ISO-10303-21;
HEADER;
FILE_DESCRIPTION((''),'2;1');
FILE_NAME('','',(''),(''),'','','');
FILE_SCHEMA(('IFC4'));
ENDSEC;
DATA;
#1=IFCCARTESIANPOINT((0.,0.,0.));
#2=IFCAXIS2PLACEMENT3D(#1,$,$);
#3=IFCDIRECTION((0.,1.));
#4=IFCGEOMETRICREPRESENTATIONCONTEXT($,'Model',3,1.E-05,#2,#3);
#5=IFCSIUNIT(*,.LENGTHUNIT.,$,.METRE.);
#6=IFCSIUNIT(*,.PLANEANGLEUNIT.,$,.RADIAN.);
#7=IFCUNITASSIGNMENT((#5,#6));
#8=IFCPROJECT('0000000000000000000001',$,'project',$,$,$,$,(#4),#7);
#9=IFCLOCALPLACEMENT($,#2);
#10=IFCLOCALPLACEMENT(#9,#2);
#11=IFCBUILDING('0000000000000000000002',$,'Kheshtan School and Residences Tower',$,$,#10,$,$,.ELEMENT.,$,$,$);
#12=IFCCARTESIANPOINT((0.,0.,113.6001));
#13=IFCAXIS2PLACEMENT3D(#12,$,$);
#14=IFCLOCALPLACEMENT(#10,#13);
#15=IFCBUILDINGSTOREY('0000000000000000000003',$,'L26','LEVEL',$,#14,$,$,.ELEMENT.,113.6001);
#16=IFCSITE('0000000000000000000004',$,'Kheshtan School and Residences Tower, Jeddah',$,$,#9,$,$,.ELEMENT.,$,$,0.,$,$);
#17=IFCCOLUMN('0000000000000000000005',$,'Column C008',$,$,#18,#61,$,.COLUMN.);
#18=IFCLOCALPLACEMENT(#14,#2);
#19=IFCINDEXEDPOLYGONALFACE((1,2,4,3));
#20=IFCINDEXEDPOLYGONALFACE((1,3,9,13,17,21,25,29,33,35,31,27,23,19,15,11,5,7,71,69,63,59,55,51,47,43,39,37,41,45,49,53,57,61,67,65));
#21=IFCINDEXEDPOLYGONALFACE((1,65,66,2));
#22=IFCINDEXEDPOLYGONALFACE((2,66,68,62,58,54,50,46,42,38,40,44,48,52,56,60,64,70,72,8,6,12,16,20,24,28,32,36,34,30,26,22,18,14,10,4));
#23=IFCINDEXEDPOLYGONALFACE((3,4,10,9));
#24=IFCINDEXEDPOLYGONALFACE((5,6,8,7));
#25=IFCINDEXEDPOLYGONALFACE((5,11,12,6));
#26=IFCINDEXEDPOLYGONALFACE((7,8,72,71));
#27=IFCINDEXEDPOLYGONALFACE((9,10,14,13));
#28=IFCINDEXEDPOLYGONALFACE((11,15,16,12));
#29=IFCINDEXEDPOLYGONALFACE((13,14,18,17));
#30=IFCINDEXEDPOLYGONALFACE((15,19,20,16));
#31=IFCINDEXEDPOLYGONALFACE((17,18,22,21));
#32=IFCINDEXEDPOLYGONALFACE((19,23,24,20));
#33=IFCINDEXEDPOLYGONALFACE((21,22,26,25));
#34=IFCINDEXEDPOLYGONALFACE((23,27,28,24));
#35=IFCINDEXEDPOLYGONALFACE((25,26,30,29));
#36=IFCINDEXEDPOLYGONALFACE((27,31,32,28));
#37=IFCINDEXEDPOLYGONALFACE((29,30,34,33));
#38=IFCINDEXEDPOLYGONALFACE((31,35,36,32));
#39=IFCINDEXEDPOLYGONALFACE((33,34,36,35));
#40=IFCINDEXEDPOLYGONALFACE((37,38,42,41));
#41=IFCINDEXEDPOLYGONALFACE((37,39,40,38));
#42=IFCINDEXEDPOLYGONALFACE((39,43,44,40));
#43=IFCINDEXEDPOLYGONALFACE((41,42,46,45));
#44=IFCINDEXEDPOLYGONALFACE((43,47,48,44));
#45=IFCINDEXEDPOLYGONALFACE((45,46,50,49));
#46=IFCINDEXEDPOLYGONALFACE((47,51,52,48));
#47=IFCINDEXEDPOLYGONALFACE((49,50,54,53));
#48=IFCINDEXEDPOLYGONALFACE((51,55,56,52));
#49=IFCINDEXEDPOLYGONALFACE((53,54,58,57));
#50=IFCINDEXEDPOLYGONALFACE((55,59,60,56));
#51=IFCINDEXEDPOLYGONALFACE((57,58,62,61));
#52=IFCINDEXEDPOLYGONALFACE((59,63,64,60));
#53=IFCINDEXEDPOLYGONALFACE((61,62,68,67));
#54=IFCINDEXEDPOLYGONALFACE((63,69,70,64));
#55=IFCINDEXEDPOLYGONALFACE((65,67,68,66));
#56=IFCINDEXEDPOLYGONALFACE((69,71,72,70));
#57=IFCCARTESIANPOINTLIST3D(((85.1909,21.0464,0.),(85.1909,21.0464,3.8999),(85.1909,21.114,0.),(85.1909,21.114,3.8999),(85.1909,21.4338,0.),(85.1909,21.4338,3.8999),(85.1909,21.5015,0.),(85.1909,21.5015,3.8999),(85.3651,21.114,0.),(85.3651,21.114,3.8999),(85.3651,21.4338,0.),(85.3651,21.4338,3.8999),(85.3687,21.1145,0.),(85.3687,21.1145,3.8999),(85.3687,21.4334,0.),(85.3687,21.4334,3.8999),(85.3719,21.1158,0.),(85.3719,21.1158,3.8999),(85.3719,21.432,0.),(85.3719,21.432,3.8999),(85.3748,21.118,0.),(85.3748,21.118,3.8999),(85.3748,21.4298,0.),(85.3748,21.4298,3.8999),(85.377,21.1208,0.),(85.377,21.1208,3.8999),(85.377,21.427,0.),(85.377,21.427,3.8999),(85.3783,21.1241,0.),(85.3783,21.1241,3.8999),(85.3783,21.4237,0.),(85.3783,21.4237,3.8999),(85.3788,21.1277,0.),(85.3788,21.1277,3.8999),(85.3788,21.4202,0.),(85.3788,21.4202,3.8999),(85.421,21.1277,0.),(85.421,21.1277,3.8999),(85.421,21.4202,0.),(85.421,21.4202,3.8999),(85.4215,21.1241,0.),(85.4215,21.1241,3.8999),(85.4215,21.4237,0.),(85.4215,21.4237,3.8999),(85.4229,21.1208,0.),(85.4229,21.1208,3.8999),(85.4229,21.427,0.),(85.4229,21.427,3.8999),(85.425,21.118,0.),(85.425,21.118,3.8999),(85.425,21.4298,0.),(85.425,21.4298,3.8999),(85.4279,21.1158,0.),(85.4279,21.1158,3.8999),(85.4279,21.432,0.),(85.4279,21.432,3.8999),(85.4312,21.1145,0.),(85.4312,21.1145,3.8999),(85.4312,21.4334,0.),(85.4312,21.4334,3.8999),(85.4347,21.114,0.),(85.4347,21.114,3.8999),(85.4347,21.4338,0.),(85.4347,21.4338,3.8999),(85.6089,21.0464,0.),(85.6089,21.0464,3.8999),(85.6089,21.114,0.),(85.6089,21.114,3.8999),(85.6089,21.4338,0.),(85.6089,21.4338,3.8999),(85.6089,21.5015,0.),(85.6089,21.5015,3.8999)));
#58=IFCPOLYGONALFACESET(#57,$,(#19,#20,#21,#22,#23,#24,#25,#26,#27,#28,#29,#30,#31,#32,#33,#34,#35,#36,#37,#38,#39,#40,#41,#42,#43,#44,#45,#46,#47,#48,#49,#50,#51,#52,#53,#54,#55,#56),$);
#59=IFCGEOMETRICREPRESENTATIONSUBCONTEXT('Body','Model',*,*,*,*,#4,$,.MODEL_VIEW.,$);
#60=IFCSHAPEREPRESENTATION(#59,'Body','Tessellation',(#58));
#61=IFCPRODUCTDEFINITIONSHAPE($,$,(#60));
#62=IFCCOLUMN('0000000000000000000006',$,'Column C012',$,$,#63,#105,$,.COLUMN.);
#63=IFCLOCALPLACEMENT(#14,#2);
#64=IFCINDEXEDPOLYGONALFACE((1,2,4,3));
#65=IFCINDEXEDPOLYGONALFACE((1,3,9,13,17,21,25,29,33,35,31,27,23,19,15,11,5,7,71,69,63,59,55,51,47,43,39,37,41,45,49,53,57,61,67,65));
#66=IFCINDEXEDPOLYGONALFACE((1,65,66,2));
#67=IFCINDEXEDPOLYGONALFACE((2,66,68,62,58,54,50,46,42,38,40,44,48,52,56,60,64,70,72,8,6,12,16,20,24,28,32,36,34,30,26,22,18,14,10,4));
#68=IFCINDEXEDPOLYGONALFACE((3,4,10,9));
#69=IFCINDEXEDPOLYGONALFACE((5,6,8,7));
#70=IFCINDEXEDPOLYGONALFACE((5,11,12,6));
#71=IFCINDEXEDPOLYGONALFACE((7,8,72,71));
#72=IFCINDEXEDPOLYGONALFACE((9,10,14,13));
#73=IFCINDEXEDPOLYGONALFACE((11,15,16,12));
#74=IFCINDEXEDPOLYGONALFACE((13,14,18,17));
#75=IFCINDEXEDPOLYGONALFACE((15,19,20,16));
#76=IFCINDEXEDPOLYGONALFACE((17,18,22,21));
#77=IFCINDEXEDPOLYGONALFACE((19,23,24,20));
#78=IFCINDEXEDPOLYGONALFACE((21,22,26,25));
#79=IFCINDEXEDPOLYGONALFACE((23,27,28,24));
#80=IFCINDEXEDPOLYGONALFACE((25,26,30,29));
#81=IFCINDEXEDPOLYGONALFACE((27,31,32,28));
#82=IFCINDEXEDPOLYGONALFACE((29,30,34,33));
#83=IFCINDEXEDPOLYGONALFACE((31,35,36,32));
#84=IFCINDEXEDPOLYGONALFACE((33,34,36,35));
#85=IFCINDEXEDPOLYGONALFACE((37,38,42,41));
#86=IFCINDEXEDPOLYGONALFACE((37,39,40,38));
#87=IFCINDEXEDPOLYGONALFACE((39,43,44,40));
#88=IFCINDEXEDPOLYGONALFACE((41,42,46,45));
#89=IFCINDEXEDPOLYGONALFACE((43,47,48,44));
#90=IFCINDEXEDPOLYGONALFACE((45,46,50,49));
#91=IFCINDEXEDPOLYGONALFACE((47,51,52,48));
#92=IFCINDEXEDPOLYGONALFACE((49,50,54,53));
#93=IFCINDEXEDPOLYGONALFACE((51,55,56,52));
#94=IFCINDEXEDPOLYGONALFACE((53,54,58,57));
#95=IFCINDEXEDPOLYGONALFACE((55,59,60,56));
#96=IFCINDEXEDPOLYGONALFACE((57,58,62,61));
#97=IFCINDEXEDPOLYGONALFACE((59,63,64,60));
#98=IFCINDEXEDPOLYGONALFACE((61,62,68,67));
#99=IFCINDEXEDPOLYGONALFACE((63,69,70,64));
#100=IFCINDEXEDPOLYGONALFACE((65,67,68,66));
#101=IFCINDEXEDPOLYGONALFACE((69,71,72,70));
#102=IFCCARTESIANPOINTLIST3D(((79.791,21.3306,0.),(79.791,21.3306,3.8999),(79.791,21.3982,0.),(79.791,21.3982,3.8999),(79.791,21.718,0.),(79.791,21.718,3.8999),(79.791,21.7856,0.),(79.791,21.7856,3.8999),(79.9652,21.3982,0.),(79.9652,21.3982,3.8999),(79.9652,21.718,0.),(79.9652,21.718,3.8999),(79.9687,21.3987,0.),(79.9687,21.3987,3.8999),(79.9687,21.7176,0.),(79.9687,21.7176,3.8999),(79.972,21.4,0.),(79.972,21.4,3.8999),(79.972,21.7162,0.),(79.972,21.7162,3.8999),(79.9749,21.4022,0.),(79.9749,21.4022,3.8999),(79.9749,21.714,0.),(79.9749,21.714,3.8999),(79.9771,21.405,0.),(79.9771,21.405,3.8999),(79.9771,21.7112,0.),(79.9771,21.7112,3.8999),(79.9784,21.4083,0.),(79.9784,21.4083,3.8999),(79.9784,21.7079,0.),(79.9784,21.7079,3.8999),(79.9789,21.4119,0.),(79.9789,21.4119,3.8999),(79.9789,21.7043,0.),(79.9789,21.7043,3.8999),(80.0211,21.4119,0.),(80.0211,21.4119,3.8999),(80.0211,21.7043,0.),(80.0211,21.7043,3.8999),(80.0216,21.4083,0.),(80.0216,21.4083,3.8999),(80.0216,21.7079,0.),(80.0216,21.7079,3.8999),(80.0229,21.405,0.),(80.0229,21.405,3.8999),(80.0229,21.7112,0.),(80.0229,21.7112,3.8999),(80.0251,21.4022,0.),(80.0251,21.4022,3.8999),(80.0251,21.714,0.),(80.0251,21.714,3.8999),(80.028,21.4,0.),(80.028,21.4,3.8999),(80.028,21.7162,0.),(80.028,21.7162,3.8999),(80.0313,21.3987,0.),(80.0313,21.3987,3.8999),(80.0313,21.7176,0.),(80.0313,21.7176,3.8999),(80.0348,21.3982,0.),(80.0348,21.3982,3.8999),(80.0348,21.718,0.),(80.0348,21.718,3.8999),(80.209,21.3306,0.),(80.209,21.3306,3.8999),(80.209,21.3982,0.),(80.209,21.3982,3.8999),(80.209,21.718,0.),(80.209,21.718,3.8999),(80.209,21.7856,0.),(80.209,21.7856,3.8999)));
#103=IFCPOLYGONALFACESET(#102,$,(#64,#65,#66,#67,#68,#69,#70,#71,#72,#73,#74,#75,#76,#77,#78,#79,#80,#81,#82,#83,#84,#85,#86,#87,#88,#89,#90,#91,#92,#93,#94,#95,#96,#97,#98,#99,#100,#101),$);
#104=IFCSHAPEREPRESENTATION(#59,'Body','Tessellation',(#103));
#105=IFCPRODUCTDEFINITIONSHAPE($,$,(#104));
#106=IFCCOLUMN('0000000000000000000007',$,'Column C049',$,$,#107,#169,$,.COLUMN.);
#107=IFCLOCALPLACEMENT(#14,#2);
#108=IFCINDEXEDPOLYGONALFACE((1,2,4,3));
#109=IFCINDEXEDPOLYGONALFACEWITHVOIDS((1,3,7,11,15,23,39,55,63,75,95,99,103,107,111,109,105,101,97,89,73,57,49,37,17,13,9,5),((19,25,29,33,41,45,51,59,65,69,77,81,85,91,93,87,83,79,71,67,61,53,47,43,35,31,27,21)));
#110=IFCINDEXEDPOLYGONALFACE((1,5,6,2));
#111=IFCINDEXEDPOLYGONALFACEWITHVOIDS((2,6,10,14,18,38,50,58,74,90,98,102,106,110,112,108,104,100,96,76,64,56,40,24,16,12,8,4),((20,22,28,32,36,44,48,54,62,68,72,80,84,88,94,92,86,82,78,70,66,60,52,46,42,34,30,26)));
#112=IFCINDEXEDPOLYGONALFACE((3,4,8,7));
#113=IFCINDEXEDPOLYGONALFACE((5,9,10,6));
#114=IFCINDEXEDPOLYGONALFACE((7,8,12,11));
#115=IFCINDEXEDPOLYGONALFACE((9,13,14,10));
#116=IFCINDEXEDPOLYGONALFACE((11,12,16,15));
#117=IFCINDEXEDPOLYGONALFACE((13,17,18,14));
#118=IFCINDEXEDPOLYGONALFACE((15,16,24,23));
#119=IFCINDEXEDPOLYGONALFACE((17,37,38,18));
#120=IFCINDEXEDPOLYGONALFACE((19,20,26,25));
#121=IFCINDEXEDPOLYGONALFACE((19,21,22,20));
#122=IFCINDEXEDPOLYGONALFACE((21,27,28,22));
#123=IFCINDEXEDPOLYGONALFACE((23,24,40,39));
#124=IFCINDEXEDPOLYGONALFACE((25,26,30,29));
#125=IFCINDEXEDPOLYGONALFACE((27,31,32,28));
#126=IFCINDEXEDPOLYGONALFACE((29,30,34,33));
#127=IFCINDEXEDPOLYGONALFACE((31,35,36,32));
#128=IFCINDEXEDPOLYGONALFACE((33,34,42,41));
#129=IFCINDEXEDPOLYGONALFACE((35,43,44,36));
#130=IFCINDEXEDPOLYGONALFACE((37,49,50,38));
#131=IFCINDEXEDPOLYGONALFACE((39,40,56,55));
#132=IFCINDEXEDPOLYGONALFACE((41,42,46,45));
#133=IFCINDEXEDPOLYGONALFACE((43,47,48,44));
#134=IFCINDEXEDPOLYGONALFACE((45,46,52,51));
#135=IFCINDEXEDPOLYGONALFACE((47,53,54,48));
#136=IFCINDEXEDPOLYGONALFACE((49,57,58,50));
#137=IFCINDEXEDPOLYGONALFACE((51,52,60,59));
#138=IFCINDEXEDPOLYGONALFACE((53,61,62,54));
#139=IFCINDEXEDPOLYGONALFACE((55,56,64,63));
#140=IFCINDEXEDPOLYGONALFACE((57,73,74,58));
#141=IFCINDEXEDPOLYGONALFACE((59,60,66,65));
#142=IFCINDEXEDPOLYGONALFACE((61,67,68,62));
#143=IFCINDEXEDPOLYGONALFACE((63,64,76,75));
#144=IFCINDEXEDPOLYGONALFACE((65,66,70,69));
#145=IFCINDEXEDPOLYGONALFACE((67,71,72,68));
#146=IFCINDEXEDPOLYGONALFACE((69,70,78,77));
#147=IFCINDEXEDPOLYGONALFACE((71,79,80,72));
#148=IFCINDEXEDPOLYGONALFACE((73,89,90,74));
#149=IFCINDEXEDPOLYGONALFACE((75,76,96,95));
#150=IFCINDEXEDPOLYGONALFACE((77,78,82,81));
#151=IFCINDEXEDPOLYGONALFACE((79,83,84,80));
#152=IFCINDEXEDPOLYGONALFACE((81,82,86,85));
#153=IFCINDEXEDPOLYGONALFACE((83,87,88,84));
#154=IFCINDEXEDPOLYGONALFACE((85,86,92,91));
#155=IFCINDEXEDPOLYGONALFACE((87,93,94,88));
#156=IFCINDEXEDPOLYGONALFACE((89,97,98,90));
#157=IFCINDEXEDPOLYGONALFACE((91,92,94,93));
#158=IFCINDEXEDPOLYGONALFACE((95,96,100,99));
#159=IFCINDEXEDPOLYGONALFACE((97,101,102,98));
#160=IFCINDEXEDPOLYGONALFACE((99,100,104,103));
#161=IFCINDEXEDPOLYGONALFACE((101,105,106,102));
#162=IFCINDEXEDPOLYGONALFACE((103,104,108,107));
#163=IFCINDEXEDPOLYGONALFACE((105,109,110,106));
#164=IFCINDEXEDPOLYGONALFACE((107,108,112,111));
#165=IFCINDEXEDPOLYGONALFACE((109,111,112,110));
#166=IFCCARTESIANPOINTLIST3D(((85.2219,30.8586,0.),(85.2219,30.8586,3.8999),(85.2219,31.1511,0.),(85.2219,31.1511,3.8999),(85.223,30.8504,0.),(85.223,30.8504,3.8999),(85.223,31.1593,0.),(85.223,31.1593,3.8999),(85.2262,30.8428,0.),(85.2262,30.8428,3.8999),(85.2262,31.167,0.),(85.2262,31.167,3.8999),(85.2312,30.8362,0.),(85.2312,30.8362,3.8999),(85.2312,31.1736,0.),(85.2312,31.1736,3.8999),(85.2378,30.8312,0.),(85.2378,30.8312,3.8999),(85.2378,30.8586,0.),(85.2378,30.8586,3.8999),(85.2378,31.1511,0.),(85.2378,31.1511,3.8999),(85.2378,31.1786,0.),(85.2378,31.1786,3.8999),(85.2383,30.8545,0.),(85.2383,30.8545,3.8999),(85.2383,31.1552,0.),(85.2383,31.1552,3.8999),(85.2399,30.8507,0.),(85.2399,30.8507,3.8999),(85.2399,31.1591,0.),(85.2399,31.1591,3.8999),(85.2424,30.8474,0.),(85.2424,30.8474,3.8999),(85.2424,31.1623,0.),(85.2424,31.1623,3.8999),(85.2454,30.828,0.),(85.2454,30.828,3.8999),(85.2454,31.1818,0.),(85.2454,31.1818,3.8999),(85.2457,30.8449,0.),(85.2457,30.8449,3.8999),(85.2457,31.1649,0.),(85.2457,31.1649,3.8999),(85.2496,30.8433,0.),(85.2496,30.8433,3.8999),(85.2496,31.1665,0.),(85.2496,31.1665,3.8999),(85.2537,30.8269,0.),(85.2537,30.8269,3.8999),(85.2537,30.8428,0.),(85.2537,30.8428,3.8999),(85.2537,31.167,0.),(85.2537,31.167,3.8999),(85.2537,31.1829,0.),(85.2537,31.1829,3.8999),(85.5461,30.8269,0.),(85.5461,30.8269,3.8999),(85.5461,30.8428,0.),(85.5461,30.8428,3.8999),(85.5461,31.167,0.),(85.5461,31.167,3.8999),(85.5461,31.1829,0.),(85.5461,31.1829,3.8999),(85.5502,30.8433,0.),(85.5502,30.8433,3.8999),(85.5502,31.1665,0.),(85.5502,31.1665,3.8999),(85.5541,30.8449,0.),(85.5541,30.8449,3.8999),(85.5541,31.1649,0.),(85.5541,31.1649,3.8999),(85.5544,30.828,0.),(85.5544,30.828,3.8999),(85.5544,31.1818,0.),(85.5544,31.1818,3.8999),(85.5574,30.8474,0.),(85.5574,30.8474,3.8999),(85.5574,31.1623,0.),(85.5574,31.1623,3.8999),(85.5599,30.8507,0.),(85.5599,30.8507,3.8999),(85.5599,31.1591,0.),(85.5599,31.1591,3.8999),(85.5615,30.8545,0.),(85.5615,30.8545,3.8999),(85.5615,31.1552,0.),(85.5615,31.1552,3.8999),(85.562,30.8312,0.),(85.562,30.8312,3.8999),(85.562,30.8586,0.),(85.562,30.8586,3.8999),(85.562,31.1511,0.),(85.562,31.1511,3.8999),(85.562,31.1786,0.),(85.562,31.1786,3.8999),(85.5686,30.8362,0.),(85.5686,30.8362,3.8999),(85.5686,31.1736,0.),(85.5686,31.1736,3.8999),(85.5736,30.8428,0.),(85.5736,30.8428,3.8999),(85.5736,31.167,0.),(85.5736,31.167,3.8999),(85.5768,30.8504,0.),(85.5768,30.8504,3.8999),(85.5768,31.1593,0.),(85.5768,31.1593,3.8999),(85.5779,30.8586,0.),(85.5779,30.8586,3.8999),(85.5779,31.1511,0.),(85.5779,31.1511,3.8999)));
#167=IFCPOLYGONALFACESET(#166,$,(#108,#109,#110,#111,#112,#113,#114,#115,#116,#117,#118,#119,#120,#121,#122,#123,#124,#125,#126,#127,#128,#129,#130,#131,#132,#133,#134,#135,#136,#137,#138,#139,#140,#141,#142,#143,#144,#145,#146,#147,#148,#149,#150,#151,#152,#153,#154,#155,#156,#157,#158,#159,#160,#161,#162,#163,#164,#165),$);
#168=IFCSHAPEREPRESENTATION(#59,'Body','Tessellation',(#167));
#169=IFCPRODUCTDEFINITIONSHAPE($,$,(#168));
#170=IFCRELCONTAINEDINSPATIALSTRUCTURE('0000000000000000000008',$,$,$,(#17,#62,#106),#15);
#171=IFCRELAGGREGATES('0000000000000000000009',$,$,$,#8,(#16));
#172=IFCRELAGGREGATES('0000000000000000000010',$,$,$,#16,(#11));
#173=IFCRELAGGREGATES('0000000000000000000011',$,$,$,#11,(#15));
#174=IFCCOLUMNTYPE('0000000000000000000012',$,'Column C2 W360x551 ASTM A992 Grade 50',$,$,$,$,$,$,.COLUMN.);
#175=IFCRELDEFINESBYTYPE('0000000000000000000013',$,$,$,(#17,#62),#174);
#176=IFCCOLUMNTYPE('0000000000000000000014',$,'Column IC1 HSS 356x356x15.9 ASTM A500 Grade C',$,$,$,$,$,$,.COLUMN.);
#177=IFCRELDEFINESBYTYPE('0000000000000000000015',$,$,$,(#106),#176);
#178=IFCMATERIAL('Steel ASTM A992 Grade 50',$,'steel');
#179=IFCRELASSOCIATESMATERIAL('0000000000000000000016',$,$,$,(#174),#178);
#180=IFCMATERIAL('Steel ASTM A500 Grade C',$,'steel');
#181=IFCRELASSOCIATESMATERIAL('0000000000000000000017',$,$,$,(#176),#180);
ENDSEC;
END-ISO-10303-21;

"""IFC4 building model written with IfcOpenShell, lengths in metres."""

from ifc_helpers import new_model, si_unit, direction, frame, origin, origin_2d, place, context, subcontext, project, spatial, hollow_rectangle, i_section, extrude, material, material_profile, profile_set, type_object, element, save


model = new_model("IFC4")

# Units and contexts
model_context = context("Model", 3, precision=1e-05, world=origin(), true_north=direction((0.0, 1.0)))
body_context = subcontext(model_context, "Body", "Model", "MODEL_VIEW")
ifc_project = project(units=[si_unit("LENGTHUNIT", "METRE"), si_unit("PLANEANGLEUNIT", "RADIAN")], contexts=[model_context])

# Site, building, storey
site_placement = place(None, origin())
site = spatial("IfcSite", under=ifc_project, at=site_placement, Name="Kheshtan School and Residences Tower, Jeddah", CompositionType="ELEMENT", RefElevation=0.0)
building_placement = place(site_placement, origin())
building = spatial("IfcBuilding", under=site, at=building_placement, Name="Kheshtan School and Residences Tower", CompositionType="ELEMENT")
storey_placement = place(building_placement, frame((0.0, 0.0, 113.6001)))
storey = spatial("IfcBuildingStorey", under=building, at=storey_placement, Name="L26", Description="LEVEL", CompositionType="ELEMENT", Elevation=113.6001)

# Columns
ifc_material_1 = material(Name="Steel ASTM A992 Grade 50", Category="steel")
ifc_material_profile_1 = material_profile(ifc_material_1, i_section(OverallWidth=0.418, OverallDepth=0.4551, WebThickness=0.0422, FlangeThickness=0.0676, FilletRadius=0.0137, at=origin_2d()), Name="W360x551")
ifc_profile_set_1 = profile_set([ifc_material_profile_1], Name="Steel ASTM A992 Grade 50")
column_type_1 = type_object("IfcColumnType", Name="Column C2 W360x551 ASTM A992 Grade 50", PredefinedType="COLUMN", material=ifc_profile_set_1)
for number, where, z_axis, x_axis, name in (
    (1, (85.3999, 21.2739, 0.0), (0.0, 0.0, 1.0), (1.0, 0.0, 0.0), "Column C008"),
    (2, (80.0, 21.5581, 0.0), (0.0, 0.0, 1.0), (1.0, 0.0, 0.0), "Column C012"),
):
    element("IfcColumn", number, at=place(storey_placement, frame(where, z_axis=z_axis, x_axis=x_axis)), inside=storey, type_object=column_type_1, Name=name, PredefinedType="COLUMN", context=body_context, shape_type="SweptSolid", body=[
        extrude(i_section(OverallWidth=0.418, OverallDepth=0.4551, WebThickness=0.0422, FlangeThickness=0.0676, FilletRadius=0.0137, at=origin_2d()), origin(), (0.0, 0.0, 1.0), 3.8999),
    ])
ifc_material_2 = material(Name="Steel ASTM A500 Grade C", Category="steel")
ifc_material_profile_2 = material_profile(ifc_material_2, hollow_rectangle(XDim=0.356, YDim=0.356, WallThickness=0.0159, InnerFilletRadius=0.0159, OuterFilletRadius=0.0317, at=origin_2d()), Name="HSS 356x356x15.9")
ifc_profile_set_2 = profile_set([ifc_material_profile_2], Name="Steel ASTM A500 Grade C")
column_type_2 = type_object("IfcColumnType", Name="Column IC1 HSS 356x356x15.9 ASTM A500 Grade C", PredefinedType="COLUMN", material=ifc_profile_set_2)
column_placement = place(storey_placement, frame((85.3999, 31.0049, 0.0), z_axis=(0.0, 0.0, 1.0), x_axis=(1.0, 0.0, 0.0)))
element("IfcColumn", 3, at=column_placement, inside=storey, type_object=column_type_2, Name="Column C049", PredefinedType="COLUMN", context=body_context, shape_type="SweptSolid", body=[
    extrude(hollow_rectangle(XDim=0.356, YDim=0.356, WallThickness=0.0159, InnerFilletRadius=0.0159, OuterFilletRadius=0.0317, at=origin_2d()), origin(), (0.0, 0.0, 1.0), 3.8999),
])

save(model, "model.ifc")
